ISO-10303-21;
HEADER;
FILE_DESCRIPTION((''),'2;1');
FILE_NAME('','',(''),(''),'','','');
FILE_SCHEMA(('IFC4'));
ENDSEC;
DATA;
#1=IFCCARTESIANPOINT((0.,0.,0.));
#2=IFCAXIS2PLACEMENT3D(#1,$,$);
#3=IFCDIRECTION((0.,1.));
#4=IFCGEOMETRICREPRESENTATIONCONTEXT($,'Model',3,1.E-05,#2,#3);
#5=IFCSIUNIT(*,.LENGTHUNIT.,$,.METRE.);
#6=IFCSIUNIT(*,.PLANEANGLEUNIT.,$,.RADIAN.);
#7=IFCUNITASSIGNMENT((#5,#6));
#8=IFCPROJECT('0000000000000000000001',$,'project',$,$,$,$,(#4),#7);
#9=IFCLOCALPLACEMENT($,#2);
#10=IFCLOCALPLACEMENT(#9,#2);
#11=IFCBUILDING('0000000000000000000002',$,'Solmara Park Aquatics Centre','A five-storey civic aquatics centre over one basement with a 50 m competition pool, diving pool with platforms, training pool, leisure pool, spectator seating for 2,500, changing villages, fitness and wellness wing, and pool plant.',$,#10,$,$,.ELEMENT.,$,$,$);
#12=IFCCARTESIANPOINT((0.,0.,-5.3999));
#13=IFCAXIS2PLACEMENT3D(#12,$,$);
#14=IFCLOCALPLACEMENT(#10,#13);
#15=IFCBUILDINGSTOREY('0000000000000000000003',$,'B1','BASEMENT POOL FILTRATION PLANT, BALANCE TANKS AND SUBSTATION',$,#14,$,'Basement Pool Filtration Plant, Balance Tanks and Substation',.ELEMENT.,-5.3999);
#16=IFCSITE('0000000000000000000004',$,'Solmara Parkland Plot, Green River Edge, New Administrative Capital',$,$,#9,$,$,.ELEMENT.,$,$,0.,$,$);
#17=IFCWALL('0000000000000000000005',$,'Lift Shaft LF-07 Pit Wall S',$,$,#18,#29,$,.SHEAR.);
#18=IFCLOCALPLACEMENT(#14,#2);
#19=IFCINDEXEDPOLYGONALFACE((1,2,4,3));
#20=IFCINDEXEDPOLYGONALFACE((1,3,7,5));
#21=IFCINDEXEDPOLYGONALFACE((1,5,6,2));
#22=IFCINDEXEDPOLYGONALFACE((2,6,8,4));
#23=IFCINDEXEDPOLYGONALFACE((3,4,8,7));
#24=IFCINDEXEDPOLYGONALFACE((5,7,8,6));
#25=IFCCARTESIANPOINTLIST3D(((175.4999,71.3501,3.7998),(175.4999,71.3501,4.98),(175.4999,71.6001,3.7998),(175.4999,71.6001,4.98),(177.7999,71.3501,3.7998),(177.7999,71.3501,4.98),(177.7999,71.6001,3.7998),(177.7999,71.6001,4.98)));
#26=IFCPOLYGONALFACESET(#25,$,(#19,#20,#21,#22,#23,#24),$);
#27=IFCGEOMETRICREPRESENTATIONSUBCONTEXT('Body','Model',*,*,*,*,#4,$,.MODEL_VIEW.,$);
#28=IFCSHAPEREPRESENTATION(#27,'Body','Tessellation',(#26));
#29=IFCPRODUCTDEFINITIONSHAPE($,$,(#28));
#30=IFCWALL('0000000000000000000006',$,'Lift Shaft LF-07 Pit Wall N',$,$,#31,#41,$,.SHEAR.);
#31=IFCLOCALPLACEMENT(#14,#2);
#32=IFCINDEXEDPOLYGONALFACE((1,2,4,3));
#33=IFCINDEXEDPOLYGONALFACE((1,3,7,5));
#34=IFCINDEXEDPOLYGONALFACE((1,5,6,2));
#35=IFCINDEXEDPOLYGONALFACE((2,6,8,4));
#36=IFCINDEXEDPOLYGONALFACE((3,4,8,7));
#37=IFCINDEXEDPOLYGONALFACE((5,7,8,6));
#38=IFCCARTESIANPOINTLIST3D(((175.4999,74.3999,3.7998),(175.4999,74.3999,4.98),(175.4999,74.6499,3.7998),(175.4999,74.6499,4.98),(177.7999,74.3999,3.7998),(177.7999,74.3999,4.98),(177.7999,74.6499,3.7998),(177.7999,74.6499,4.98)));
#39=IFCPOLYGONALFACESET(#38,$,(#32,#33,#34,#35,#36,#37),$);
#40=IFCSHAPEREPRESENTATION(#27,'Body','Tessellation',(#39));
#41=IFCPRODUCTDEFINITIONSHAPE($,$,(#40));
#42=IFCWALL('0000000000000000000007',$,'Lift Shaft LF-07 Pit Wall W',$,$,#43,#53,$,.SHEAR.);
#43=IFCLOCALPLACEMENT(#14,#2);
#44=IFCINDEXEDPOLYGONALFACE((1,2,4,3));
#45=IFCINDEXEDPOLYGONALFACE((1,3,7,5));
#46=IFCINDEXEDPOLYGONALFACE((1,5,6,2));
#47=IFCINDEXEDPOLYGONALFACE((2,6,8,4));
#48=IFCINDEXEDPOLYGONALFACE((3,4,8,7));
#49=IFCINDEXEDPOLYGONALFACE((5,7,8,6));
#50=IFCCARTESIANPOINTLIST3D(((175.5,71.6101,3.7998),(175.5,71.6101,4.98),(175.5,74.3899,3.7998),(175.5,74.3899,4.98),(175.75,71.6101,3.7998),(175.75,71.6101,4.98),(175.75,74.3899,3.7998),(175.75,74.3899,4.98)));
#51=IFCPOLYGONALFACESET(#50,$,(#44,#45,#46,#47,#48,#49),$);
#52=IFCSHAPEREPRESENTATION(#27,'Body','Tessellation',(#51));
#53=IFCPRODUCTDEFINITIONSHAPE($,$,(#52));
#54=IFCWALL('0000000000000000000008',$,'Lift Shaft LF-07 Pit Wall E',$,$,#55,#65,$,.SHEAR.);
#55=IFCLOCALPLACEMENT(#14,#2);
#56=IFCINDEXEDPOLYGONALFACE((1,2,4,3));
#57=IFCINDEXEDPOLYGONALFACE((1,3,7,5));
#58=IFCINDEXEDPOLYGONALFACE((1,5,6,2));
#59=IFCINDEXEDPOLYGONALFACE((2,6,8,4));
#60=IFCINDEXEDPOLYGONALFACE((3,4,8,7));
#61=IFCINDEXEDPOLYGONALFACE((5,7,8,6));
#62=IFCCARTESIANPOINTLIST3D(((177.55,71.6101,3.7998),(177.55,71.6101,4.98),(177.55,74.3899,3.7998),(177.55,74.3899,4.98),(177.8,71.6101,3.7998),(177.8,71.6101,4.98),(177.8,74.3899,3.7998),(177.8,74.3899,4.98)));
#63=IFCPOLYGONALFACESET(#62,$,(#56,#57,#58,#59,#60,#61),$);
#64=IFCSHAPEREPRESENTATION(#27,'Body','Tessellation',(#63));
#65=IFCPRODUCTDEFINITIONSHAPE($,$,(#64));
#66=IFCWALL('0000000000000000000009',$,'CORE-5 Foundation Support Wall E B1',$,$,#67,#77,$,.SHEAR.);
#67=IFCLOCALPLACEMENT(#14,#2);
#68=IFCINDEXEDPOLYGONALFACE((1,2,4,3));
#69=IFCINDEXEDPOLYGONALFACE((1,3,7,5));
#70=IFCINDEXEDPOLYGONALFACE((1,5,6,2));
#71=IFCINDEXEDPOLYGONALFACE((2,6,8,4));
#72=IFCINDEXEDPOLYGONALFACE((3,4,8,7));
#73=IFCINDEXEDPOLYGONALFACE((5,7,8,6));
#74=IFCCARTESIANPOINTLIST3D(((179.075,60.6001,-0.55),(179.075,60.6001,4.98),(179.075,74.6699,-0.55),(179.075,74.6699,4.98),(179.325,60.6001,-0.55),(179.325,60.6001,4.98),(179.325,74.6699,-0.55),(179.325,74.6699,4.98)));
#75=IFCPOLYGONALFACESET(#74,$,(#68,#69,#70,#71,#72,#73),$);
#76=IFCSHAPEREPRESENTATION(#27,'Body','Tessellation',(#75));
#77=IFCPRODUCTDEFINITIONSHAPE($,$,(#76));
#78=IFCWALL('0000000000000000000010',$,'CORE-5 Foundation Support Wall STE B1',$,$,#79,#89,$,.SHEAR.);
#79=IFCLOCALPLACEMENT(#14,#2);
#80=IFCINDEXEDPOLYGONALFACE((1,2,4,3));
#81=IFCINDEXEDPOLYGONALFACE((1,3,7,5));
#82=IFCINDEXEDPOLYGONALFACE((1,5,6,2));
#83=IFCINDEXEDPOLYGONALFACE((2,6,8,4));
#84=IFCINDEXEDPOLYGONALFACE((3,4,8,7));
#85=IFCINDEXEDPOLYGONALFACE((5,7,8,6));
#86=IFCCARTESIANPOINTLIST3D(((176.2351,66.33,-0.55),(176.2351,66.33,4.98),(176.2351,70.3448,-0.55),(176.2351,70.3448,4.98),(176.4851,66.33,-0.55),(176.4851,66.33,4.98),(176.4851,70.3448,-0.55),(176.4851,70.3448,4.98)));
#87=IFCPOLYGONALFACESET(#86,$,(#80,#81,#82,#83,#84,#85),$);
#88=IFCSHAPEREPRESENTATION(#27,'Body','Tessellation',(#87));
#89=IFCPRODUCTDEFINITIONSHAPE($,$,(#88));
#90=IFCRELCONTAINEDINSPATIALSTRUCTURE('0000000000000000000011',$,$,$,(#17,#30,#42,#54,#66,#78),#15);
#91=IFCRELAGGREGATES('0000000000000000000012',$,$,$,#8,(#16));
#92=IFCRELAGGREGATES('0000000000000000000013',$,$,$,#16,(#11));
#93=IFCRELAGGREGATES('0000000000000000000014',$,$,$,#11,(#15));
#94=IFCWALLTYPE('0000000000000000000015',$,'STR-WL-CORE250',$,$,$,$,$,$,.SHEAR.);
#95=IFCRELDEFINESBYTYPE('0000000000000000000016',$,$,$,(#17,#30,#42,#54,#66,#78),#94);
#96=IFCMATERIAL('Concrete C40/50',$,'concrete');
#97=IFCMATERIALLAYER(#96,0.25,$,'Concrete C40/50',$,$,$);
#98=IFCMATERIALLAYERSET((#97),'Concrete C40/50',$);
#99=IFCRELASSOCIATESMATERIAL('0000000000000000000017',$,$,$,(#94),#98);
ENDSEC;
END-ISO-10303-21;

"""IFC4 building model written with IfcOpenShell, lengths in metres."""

from ifc_helpers import new_model, si_unit, direction, frame, frame_2d, origin, place, context, subcontext, project, spatial, rectangle, extrude, material, layer, layer_set, type_object, element, save


model = new_model("IFC4")

# Units and contexts
model_context = context("Model", 3, precision=1e-05, world=origin(), true_north=direction((0.0, 1.0)))
body_context = subcontext(model_context, "Body", "Model", "MODEL_VIEW")
ifc_project = project(units=[si_unit("LENGTHUNIT", "METRE"), si_unit("PLANEANGLEUNIT", "RADIAN")], contexts=[model_context])

# Site, building, storey
site_placement = place(None, origin())
site = spatial("IfcSite", under=ifc_project, at=site_placement, Name="Solmara Parkland Plot, Green River Edge, New Administrative Capital", CompositionType="ELEMENT", RefElevation=0.0)
building_placement = place(site_placement, origin())
building = spatial("IfcBuilding", under=site, at=building_placement, Name="Solmara Park Aquatics Centre", Description="A five-storey civic aquatics centre over one basement with a 50 m competition pool, diving pool with platforms, training pool, leisure pool, spectator seating for 2,500, changing villages, fitness and wellness wing, and pool plant.", CompositionType="ELEMENT")
storey_placement = place(building_placement, frame((0.0, 0.0, -5.3999)))
storey = spatial("IfcBuildingStorey", under=building, at=storey_placement, Name="B1", Description="BASEMENT POOL FILTRATION PLANT, BALANCE TANKS AND SUBSTATION", LongName="Basement Pool Filtration Plant, Balance Tanks and Substation", CompositionType="ELEMENT", Elevation=-5.3999)

# Shared definitions
ifc_material_1 = material(Name="Concrete C40/50", Category="concrete")

# Walls
ifc_layer = layer(ifc_material_1, 0.25, Name="Concrete C40/50")
ifc_layer_set = layer_set([ifc_layer], Name="Concrete C40/50")
wall_type = type_object("IfcWallType", Name="STR-WL-CORE250", PredefinedType="SHEAR", material=ifc_layer_set)
for number, where, z_axis, x_axis, name in (
    (1, (175.5, 71.4751, 3.7998), (0.0, 0.0, 1.0), (1.0, 0.0, 0.0), "Lift Shaft LF-07 Pit Wall S"),
    (2, (175.5, 74.5249, 3.7998), (0.0, 0.0, 1.0), (1.0, 0.0, 0.0), "Lift Shaft LF-07 Pit Wall N"),
):
    element("IfcWall", number, at=place(storey_placement, frame(where, z_axis=z_axis, x_axis=x_axis)), inside=storey, type_object=wall_type, Name=name, PredefinedType="SHEAR", context=body_context, shape_type="SweptSolid", body=[
        extrude(rectangle(XDim=2.3, YDim=0.25, at=frame_2d((1.1499, 0.0))), origin(), (0.0, 0.0, 1.0), 1.1802),
    ])
for number, where, z_axis, x_axis, name in (
    (3, (175.625, 71.6101, 3.7998), (0.0, 0.0, 1.0), (0.0, 1.0, 0.0), "Lift Shaft LF-07 Pit Wall W"),
    (4, (177.675, 71.6101, 3.7998), (0.0, 0.0, 1.0), (0.0, 1.0, 0.0), "Lift Shaft LF-07 Pit Wall E"),
):
    element("IfcWall", number, at=place(storey_placement, frame(where, z_axis=z_axis, x_axis=x_axis)), inside=storey, type_object=wall_type, Name=name, PredefinedType="SHEAR", context=body_context, shape_type="SweptSolid", body=[
        extrude(rectangle(XDim=2.7798, YDim=0.25, at=frame_2d((1.3899, 0.0))), origin(), (0.0, 0.0, 1.0), 1.1802),
    ])
wall_1_placement = place(storey_placement, frame((179.2, 60.6001, -0.55), z_axis=(0.0, 0.0, 1.0), x_axis=(0.0, 1.0, 0.0)))
element("IfcWall", 5, at=wall_1_placement, inside=storey, type_object=wall_type, Name="CORE-5 Foundation Support Wall E B1", PredefinedType="SHEAR", context=body_context, shape_type="SweptSolid", body=[
    extrude(rectangle(XDim=14.0698, YDim=0.25, at=frame_2d((7.0349, 0.0))), origin(), (0.0, 0.0, 1.0), 5.53),
])
wall_2_placement = place(storey_placement, frame((176.3601, 66.3301, -0.55), z_axis=(0.0, 0.0, 1.0), x_axis=(0.0, 1.0, 0.0)))
element("IfcWall", 6, at=wall_2_placement, inside=storey, type_object=wall_type, Name="CORE-5 Foundation Support Wall STE B1", PredefinedType="SHEAR", context=body_context, shape_type="SweptSolid", body=[
    extrude(rectangle(XDim=4.0149, YDim=0.25, at=frame_2d((2.0073, 0.0))), origin(), (0.0, 0.0, 1.0), 5.53),
])

save(model, "model.ifc")
